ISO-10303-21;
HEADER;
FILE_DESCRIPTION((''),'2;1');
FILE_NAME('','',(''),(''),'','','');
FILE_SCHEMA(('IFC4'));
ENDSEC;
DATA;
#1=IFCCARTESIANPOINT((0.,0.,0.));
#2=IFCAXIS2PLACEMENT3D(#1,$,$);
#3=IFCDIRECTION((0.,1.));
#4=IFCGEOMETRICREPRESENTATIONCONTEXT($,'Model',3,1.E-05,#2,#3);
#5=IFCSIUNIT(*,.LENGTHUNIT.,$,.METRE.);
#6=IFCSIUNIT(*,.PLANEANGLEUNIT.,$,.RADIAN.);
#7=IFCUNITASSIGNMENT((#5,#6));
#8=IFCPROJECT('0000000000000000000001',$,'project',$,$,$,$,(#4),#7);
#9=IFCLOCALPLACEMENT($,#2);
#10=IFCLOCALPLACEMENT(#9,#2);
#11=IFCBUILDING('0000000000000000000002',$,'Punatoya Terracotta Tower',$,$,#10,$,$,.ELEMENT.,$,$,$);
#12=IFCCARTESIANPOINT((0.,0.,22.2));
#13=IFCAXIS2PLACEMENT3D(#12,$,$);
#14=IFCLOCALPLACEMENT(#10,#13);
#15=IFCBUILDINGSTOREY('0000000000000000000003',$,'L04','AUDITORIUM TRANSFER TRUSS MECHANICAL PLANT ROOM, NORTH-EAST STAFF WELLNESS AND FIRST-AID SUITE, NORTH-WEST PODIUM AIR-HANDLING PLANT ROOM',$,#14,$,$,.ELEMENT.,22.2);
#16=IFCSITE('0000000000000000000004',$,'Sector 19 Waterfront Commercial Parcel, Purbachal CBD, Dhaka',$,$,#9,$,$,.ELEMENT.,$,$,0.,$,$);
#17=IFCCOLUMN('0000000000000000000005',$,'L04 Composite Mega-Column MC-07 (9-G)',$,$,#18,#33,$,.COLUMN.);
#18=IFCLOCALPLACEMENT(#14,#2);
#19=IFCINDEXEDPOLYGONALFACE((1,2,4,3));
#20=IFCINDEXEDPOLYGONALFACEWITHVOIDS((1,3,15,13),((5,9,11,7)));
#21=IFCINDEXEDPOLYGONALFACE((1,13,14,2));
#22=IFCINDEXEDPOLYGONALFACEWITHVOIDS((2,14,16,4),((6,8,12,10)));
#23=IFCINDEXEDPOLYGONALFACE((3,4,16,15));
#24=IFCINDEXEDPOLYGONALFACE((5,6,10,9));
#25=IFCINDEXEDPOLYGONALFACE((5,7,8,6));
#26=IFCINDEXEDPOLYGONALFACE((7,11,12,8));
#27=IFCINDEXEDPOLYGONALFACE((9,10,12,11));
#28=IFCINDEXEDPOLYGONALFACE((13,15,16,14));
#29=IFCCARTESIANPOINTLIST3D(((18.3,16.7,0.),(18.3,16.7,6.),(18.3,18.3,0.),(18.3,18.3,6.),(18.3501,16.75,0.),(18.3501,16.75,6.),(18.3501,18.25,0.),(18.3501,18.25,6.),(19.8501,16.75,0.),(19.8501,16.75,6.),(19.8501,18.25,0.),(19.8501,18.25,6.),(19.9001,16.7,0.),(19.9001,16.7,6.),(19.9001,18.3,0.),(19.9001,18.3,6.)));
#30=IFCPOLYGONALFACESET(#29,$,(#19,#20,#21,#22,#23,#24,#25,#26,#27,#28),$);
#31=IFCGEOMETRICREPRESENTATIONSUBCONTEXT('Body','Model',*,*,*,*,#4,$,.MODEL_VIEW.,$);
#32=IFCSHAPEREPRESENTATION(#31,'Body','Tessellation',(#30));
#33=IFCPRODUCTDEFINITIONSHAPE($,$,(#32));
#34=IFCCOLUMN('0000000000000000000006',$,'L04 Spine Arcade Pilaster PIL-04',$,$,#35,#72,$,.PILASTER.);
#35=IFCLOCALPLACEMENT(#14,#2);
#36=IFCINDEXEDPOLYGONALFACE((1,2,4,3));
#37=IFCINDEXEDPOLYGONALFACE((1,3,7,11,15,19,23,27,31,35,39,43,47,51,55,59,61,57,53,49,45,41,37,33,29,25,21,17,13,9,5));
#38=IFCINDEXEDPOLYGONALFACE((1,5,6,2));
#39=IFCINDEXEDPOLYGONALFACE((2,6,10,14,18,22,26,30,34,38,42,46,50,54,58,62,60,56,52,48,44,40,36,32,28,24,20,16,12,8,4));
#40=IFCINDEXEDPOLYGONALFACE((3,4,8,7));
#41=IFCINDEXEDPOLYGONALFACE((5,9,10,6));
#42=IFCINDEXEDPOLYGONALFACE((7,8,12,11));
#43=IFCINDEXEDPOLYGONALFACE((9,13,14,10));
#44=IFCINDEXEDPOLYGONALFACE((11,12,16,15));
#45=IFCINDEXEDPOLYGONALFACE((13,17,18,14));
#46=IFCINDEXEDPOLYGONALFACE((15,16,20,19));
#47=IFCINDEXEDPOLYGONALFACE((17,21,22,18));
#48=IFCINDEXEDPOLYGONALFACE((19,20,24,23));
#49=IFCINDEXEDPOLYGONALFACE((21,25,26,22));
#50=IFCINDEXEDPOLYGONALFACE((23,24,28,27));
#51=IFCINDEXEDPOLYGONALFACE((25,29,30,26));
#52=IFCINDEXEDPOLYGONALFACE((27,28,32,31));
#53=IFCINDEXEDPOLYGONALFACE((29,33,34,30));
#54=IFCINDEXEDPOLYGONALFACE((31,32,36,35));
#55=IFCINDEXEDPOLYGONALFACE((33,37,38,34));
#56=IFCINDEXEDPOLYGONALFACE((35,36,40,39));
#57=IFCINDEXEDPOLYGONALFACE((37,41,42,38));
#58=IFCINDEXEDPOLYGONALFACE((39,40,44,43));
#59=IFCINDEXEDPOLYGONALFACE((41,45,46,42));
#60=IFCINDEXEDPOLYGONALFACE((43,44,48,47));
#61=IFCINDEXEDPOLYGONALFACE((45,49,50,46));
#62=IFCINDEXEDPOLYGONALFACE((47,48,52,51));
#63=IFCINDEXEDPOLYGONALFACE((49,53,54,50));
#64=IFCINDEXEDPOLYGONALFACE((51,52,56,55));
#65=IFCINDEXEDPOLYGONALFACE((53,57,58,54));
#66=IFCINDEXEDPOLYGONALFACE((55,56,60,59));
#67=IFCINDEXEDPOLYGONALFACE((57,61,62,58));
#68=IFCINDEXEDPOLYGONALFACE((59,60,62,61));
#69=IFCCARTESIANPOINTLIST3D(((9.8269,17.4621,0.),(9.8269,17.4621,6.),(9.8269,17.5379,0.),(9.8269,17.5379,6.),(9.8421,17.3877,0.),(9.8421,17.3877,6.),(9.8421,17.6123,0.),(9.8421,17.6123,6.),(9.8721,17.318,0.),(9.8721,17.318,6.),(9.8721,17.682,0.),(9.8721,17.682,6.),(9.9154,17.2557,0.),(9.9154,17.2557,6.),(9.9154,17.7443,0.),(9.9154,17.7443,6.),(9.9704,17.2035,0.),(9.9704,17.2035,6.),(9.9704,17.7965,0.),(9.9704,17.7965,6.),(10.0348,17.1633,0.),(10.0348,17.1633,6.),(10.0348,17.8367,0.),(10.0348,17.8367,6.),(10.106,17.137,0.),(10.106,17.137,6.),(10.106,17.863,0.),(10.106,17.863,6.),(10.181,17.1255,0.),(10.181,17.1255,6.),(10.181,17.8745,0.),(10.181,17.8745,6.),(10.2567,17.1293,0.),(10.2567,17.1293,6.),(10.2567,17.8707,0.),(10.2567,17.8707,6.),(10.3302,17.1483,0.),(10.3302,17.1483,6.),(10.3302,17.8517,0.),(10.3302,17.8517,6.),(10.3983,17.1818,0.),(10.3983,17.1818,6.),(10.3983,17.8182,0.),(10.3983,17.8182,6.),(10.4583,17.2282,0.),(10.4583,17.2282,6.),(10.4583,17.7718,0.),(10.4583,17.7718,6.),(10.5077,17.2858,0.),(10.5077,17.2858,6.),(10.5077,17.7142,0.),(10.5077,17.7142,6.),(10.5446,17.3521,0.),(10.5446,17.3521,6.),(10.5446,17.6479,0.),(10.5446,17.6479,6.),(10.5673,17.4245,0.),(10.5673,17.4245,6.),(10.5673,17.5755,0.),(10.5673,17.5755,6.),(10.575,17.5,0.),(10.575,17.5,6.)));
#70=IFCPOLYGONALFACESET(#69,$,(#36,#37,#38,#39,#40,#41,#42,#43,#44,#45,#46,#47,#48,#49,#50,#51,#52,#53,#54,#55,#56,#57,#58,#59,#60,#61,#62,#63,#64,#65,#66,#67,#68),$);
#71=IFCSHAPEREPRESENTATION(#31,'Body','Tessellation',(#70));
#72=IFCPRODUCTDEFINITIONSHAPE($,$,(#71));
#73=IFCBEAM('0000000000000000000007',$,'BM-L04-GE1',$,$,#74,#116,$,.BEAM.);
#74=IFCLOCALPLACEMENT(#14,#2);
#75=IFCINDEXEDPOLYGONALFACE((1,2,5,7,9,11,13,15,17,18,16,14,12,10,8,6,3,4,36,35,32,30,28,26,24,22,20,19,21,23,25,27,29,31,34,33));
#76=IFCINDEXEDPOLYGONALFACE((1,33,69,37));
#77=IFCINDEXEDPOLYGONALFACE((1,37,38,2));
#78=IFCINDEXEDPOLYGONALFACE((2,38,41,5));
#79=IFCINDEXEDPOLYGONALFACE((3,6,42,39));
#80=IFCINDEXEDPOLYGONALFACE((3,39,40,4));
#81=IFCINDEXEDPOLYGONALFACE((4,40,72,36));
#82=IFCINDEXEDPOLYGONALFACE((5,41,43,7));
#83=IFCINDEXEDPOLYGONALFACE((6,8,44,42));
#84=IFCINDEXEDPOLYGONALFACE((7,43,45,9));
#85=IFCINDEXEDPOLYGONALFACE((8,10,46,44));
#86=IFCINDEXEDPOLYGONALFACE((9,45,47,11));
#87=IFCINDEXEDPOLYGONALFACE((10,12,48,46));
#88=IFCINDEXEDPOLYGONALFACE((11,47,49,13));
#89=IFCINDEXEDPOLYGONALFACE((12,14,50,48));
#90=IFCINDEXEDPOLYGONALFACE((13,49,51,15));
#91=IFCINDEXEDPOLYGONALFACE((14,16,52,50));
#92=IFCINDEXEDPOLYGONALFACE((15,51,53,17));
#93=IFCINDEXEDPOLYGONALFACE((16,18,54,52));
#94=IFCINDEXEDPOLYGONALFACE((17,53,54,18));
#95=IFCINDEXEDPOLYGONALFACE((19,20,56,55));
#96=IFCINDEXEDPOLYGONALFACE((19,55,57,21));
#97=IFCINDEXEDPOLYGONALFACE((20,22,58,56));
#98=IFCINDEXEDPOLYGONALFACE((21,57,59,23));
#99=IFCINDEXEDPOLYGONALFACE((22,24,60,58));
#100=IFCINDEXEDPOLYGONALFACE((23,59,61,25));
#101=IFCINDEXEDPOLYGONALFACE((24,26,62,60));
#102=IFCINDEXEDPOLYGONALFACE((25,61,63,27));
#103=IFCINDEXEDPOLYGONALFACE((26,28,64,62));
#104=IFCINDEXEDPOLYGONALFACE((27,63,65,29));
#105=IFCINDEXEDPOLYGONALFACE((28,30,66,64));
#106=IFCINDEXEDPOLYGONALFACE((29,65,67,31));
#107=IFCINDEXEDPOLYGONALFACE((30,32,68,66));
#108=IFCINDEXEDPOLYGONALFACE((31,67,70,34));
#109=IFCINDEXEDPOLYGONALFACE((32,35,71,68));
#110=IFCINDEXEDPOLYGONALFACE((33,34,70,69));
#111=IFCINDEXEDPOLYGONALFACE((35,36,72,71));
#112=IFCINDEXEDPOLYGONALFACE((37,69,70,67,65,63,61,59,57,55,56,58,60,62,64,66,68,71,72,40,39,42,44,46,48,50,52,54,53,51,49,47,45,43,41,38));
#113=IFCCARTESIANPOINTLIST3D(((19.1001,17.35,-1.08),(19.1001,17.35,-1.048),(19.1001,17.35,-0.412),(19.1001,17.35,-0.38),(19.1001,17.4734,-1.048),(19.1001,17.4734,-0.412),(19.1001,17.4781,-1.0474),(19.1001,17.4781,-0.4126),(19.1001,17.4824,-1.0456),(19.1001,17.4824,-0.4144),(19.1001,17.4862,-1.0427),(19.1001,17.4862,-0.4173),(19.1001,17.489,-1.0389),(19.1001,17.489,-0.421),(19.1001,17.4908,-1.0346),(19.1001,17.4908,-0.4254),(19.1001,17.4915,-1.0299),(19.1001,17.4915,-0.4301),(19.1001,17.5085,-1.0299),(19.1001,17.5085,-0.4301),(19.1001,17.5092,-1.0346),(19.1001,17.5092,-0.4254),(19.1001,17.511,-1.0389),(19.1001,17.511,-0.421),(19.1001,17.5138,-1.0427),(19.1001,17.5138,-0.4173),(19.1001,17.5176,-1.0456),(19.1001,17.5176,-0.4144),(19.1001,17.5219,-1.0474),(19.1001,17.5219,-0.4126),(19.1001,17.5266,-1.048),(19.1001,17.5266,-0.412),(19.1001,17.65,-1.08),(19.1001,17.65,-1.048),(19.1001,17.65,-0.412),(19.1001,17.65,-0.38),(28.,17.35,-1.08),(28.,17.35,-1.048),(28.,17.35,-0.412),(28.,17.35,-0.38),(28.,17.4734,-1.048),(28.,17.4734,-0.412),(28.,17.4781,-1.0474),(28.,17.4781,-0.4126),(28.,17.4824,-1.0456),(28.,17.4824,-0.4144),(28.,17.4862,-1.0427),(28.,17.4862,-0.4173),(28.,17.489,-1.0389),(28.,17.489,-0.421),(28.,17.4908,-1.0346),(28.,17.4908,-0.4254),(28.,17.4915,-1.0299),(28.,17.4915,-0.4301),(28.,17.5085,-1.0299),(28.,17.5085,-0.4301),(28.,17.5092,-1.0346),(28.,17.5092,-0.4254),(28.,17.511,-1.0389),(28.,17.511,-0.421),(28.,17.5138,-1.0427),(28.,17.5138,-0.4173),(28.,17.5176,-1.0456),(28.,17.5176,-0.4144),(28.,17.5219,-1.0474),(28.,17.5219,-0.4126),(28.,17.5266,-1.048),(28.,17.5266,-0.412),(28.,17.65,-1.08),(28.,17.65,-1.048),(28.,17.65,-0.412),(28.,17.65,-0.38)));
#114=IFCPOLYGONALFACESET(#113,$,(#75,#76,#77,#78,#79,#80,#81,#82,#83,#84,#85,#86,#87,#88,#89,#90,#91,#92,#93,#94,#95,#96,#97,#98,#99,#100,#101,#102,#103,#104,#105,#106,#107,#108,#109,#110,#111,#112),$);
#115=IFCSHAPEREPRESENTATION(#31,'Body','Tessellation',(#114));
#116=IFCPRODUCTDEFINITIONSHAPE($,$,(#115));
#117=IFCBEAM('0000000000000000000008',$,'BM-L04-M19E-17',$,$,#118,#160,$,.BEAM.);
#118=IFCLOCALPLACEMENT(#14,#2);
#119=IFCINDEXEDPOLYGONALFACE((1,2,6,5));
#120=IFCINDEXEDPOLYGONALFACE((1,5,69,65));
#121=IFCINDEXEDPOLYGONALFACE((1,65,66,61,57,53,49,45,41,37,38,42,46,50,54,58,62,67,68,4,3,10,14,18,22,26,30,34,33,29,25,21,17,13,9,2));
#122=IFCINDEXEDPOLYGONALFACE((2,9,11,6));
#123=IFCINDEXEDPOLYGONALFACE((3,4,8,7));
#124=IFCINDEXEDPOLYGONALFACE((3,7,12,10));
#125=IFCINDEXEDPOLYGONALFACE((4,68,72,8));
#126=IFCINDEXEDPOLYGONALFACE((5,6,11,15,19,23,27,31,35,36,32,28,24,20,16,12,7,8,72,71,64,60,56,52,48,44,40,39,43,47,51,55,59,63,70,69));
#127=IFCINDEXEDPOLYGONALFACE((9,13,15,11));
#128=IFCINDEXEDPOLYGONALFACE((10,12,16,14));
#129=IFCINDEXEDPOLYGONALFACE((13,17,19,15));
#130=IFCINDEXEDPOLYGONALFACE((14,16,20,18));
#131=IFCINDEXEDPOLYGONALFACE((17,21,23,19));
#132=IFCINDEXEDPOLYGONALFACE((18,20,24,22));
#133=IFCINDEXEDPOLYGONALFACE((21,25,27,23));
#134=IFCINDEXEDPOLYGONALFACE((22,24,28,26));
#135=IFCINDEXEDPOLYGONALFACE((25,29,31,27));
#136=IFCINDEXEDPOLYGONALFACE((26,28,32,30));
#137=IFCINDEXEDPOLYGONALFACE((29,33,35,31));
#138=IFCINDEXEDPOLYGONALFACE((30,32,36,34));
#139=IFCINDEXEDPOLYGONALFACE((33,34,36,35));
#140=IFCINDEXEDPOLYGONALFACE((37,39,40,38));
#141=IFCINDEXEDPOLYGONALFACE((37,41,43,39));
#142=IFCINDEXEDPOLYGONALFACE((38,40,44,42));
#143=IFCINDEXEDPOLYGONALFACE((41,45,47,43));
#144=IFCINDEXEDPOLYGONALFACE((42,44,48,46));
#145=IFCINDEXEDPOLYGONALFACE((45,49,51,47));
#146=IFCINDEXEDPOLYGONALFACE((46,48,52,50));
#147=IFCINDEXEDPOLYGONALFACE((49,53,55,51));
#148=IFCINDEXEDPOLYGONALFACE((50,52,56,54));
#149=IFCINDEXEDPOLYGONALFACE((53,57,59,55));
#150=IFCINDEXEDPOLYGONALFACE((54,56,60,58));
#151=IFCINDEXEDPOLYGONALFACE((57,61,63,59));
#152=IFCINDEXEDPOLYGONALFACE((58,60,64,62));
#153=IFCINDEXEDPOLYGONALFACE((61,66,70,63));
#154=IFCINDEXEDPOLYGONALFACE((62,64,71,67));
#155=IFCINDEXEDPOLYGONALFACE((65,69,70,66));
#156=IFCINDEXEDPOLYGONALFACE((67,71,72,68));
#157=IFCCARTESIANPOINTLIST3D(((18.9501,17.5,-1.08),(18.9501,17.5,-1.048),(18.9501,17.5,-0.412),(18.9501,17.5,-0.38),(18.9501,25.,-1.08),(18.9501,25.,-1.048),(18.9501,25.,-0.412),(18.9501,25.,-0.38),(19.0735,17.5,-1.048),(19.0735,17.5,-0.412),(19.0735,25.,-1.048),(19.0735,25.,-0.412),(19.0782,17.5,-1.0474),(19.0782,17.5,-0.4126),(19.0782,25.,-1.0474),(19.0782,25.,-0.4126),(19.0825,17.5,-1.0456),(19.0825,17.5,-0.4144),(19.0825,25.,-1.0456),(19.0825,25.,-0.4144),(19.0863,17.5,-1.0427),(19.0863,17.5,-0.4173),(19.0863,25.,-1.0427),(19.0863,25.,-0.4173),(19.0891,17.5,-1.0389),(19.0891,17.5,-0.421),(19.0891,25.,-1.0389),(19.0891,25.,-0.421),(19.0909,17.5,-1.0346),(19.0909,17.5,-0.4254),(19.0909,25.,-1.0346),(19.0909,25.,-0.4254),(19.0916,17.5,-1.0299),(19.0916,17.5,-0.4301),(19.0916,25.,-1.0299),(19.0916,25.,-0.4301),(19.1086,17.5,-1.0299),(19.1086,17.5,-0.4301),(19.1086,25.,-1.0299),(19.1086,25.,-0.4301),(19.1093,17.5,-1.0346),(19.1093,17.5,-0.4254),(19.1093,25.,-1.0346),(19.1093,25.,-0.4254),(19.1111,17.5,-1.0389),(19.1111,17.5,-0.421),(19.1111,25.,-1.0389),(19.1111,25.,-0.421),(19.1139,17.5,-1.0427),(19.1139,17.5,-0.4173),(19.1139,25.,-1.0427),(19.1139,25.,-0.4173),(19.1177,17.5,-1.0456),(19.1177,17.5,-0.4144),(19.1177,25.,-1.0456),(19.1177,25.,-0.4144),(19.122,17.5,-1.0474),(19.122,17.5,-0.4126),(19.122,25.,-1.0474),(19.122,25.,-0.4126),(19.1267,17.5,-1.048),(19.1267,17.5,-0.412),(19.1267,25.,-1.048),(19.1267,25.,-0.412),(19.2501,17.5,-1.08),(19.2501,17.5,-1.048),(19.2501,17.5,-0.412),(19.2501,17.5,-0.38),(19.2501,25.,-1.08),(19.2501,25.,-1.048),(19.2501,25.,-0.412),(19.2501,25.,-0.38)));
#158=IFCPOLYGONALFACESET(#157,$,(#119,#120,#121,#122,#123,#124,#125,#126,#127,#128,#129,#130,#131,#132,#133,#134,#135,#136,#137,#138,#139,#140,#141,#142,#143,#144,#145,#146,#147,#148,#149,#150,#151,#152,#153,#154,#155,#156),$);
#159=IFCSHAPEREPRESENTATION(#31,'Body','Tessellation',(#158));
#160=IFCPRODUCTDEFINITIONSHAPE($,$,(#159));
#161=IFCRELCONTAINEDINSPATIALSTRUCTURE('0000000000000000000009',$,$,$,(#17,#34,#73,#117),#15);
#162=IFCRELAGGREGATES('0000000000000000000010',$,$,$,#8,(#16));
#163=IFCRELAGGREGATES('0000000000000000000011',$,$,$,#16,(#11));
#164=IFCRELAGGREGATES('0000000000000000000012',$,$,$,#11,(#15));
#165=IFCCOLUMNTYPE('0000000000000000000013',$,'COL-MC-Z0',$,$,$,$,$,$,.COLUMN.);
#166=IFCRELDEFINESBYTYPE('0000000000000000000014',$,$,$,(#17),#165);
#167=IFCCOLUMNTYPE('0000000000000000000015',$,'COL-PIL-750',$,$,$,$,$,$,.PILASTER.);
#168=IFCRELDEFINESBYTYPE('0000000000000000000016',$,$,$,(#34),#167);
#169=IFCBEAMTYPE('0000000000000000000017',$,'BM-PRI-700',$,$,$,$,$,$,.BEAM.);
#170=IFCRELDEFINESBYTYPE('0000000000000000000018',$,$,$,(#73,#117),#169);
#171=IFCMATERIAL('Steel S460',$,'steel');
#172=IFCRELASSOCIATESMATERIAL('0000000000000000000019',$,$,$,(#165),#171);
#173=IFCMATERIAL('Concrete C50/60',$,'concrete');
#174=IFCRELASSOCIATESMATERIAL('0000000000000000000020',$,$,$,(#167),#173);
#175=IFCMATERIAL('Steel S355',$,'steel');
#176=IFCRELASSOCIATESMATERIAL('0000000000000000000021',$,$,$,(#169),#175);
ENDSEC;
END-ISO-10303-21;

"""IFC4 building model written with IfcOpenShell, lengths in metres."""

from ifc_helpers import new_model, si_unit, direction, frame, origin, origin_2d, place, context, subcontext, project, spatial, hollow_rectangle, circle, i_section, extrude, material, material_profile, profile_set, type_object, element, save


model = new_model("IFC4")

# Units and contexts
model_context = context("Model", 3, precision=1e-05, world=origin(), true_north=direction((0.0, 1.0)))
body_context = subcontext(model_context, "Body", "Model", "MODEL_VIEW")
ifc_project = project(units=[si_unit("LENGTHUNIT", "METRE"), si_unit("PLANEANGLEUNIT", "RADIAN")], contexts=[model_context])

# Site, building, storey
site_placement = place(None, origin())
site = spatial("IfcSite", under=ifc_project, at=site_placement, Name="Sector 19 Waterfront Commercial Parcel, Purbachal CBD, Dhaka", CompositionType="ELEMENT", RefElevation=0.0)
building_placement = place(site_placement, origin())
building = spatial("IfcBuilding", under=site, at=building_placement, Name="Punatoya Terracotta Tower", CompositionType="ELEMENT")
storey_placement = place(building_placement, frame((0.0, 0.0, 22.2)))
storey = spatial("IfcBuildingStorey", under=building, at=storey_placement, Name="L04", Description="AUDITORIUM TRANSFER TRUSS MECHANICAL PLANT ROOM, NORTH-EAST STAFF WELLNESS AND FIRST-AID SUITE, NORTH-WEST PODIUM AIR-HANDLING PLANT ROOM", CompositionType="ELEMENT", Elevation=22.2)

# Columns
ifc_material_1 = material(Name="Steel S460", Category="steel")
ifc_material_profile_1 = material_profile(ifc_material_1, hollow_rectangle(XDim=1.6001, YDim=1.6001, WallThickness=0.05, at=origin_2d()))
ifc_profile_set_1 = profile_set([ifc_material_profile_1], Name="Steel S460")
column_type_1 = type_object("IfcColumnType", Name="COL-MC-Z0", PredefinedType="COLUMN", material=ifc_profile_set_1)
column_1_placement = place(storey_placement, frame((19.1001, 17.5, 0.0), z_axis=(0.0, 0.0, 1.0), x_axis=(1.0, 0.0, 0.0)))
element("IfcColumn", 1, at=column_1_placement, inside=storey, type_object=column_type_1, Name="L04 Composite Mega-Column MC-07 (9-G)", PredefinedType="COLUMN", context=body_context, shape_type="SweptSolid", body=[
    extrude(hollow_rectangle(XDim=1.6001, YDim=1.6001, WallThickness=0.05, at=origin_2d()), origin(), (0.0, 0.0, 1.0), 6.0),
])
ifc_material_2 = material(Name="Concrete C50/60", Category="concrete")
ifc_material_profile_2 = material_profile(ifc_material_2, circle(Radius=0.375, at=origin_2d()))
ifc_profile_set_2 = profile_set([ifc_material_profile_2], Name="Concrete C50/60")
column_type_2 = type_object("IfcColumnType", Name="COL-PIL-750", PredefinedType="PILASTER", material=ifc_profile_set_2)
column_2_placement = place(storey_placement, frame((10.2, 17.5, 0.0), z_axis=(0.0, 0.0, 1.0), x_axis=(1.0, 0.0, 0.0)))
element("IfcColumn", 2, at=column_2_placement, inside=storey, type_object=column_type_2, Name="L04 Spine Arcade Pilaster PIL-04", PredefinedType="PILASTER", context=body_context, shape_type="SweptSolid", body=[
    extrude(circle(Radius=0.375, at=origin_2d()), origin(), (0.0, 0.0, 1.0), 6.0),
])

# Beams
ifc_material_3 = material(Name="Steel S355", Category="steel")
ifc_material_profile_3 = material_profile(ifc_material_3, i_section(OverallWidth=0.3, OverallDepth=0.7, WebThickness=0.0171, FlangeThickness=0.032, FilletRadius=0.0181, at=origin_2d()))
ifc_profile_set_3 = profile_set([ifc_material_profile_3], Name="Steel S355")
beam_type_1 = type_object("IfcBeamType", Name="BM-PRI-700", PredefinedType="BEAM", material=ifc_profile_set_3)
beam_1_placement = place(storey_placement, frame((19.1001, 17.5, -0.73), z_axis=(1.0, 0.0, 0.0), x_axis=(0.0, 1.0, 0.0)))
element("IfcBeam", 3, at=beam_1_placement, inside=storey, type_object=beam_type_1, Name="BM-L04-GE1", PredefinedType="BEAM", context=body_context, shape_type="SweptSolid", body=[
    extrude(i_section(OverallWidth=0.3, OverallDepth=0.7, WebThickness=0.0171, FlangeThickness=0.032, FilletRadius=0.0181, at=origin_2d()), origin(), (0.0, 0.0, 1.0), 8.8999),
])
beam_2_placement = place(storey_placement, frame((19.1001, 17.5, -0.73), z_axis=(0.0, 1.0, 0.0), x_axis=(-1.0, 0.0, 0.0)))
element("IfcBeam", 4, at=beam_2_placement, inside=storey, type_object=beam_type_1, Name="BM-L04-M19E-17", PredefinedType="BEAM", context=body_context, shape_type="SweptSolid", body=[
    extrude(i_section(OverallWidth=0.3, OverallDepth=0.7, WebThickness=0.0171, FlangeThickness=0.032, FilletRadius=0.0181, at=origin_2d()), origin(), (0.0, 0.0, 1.0), 7.5),
])

save(model, "model.ifc")
